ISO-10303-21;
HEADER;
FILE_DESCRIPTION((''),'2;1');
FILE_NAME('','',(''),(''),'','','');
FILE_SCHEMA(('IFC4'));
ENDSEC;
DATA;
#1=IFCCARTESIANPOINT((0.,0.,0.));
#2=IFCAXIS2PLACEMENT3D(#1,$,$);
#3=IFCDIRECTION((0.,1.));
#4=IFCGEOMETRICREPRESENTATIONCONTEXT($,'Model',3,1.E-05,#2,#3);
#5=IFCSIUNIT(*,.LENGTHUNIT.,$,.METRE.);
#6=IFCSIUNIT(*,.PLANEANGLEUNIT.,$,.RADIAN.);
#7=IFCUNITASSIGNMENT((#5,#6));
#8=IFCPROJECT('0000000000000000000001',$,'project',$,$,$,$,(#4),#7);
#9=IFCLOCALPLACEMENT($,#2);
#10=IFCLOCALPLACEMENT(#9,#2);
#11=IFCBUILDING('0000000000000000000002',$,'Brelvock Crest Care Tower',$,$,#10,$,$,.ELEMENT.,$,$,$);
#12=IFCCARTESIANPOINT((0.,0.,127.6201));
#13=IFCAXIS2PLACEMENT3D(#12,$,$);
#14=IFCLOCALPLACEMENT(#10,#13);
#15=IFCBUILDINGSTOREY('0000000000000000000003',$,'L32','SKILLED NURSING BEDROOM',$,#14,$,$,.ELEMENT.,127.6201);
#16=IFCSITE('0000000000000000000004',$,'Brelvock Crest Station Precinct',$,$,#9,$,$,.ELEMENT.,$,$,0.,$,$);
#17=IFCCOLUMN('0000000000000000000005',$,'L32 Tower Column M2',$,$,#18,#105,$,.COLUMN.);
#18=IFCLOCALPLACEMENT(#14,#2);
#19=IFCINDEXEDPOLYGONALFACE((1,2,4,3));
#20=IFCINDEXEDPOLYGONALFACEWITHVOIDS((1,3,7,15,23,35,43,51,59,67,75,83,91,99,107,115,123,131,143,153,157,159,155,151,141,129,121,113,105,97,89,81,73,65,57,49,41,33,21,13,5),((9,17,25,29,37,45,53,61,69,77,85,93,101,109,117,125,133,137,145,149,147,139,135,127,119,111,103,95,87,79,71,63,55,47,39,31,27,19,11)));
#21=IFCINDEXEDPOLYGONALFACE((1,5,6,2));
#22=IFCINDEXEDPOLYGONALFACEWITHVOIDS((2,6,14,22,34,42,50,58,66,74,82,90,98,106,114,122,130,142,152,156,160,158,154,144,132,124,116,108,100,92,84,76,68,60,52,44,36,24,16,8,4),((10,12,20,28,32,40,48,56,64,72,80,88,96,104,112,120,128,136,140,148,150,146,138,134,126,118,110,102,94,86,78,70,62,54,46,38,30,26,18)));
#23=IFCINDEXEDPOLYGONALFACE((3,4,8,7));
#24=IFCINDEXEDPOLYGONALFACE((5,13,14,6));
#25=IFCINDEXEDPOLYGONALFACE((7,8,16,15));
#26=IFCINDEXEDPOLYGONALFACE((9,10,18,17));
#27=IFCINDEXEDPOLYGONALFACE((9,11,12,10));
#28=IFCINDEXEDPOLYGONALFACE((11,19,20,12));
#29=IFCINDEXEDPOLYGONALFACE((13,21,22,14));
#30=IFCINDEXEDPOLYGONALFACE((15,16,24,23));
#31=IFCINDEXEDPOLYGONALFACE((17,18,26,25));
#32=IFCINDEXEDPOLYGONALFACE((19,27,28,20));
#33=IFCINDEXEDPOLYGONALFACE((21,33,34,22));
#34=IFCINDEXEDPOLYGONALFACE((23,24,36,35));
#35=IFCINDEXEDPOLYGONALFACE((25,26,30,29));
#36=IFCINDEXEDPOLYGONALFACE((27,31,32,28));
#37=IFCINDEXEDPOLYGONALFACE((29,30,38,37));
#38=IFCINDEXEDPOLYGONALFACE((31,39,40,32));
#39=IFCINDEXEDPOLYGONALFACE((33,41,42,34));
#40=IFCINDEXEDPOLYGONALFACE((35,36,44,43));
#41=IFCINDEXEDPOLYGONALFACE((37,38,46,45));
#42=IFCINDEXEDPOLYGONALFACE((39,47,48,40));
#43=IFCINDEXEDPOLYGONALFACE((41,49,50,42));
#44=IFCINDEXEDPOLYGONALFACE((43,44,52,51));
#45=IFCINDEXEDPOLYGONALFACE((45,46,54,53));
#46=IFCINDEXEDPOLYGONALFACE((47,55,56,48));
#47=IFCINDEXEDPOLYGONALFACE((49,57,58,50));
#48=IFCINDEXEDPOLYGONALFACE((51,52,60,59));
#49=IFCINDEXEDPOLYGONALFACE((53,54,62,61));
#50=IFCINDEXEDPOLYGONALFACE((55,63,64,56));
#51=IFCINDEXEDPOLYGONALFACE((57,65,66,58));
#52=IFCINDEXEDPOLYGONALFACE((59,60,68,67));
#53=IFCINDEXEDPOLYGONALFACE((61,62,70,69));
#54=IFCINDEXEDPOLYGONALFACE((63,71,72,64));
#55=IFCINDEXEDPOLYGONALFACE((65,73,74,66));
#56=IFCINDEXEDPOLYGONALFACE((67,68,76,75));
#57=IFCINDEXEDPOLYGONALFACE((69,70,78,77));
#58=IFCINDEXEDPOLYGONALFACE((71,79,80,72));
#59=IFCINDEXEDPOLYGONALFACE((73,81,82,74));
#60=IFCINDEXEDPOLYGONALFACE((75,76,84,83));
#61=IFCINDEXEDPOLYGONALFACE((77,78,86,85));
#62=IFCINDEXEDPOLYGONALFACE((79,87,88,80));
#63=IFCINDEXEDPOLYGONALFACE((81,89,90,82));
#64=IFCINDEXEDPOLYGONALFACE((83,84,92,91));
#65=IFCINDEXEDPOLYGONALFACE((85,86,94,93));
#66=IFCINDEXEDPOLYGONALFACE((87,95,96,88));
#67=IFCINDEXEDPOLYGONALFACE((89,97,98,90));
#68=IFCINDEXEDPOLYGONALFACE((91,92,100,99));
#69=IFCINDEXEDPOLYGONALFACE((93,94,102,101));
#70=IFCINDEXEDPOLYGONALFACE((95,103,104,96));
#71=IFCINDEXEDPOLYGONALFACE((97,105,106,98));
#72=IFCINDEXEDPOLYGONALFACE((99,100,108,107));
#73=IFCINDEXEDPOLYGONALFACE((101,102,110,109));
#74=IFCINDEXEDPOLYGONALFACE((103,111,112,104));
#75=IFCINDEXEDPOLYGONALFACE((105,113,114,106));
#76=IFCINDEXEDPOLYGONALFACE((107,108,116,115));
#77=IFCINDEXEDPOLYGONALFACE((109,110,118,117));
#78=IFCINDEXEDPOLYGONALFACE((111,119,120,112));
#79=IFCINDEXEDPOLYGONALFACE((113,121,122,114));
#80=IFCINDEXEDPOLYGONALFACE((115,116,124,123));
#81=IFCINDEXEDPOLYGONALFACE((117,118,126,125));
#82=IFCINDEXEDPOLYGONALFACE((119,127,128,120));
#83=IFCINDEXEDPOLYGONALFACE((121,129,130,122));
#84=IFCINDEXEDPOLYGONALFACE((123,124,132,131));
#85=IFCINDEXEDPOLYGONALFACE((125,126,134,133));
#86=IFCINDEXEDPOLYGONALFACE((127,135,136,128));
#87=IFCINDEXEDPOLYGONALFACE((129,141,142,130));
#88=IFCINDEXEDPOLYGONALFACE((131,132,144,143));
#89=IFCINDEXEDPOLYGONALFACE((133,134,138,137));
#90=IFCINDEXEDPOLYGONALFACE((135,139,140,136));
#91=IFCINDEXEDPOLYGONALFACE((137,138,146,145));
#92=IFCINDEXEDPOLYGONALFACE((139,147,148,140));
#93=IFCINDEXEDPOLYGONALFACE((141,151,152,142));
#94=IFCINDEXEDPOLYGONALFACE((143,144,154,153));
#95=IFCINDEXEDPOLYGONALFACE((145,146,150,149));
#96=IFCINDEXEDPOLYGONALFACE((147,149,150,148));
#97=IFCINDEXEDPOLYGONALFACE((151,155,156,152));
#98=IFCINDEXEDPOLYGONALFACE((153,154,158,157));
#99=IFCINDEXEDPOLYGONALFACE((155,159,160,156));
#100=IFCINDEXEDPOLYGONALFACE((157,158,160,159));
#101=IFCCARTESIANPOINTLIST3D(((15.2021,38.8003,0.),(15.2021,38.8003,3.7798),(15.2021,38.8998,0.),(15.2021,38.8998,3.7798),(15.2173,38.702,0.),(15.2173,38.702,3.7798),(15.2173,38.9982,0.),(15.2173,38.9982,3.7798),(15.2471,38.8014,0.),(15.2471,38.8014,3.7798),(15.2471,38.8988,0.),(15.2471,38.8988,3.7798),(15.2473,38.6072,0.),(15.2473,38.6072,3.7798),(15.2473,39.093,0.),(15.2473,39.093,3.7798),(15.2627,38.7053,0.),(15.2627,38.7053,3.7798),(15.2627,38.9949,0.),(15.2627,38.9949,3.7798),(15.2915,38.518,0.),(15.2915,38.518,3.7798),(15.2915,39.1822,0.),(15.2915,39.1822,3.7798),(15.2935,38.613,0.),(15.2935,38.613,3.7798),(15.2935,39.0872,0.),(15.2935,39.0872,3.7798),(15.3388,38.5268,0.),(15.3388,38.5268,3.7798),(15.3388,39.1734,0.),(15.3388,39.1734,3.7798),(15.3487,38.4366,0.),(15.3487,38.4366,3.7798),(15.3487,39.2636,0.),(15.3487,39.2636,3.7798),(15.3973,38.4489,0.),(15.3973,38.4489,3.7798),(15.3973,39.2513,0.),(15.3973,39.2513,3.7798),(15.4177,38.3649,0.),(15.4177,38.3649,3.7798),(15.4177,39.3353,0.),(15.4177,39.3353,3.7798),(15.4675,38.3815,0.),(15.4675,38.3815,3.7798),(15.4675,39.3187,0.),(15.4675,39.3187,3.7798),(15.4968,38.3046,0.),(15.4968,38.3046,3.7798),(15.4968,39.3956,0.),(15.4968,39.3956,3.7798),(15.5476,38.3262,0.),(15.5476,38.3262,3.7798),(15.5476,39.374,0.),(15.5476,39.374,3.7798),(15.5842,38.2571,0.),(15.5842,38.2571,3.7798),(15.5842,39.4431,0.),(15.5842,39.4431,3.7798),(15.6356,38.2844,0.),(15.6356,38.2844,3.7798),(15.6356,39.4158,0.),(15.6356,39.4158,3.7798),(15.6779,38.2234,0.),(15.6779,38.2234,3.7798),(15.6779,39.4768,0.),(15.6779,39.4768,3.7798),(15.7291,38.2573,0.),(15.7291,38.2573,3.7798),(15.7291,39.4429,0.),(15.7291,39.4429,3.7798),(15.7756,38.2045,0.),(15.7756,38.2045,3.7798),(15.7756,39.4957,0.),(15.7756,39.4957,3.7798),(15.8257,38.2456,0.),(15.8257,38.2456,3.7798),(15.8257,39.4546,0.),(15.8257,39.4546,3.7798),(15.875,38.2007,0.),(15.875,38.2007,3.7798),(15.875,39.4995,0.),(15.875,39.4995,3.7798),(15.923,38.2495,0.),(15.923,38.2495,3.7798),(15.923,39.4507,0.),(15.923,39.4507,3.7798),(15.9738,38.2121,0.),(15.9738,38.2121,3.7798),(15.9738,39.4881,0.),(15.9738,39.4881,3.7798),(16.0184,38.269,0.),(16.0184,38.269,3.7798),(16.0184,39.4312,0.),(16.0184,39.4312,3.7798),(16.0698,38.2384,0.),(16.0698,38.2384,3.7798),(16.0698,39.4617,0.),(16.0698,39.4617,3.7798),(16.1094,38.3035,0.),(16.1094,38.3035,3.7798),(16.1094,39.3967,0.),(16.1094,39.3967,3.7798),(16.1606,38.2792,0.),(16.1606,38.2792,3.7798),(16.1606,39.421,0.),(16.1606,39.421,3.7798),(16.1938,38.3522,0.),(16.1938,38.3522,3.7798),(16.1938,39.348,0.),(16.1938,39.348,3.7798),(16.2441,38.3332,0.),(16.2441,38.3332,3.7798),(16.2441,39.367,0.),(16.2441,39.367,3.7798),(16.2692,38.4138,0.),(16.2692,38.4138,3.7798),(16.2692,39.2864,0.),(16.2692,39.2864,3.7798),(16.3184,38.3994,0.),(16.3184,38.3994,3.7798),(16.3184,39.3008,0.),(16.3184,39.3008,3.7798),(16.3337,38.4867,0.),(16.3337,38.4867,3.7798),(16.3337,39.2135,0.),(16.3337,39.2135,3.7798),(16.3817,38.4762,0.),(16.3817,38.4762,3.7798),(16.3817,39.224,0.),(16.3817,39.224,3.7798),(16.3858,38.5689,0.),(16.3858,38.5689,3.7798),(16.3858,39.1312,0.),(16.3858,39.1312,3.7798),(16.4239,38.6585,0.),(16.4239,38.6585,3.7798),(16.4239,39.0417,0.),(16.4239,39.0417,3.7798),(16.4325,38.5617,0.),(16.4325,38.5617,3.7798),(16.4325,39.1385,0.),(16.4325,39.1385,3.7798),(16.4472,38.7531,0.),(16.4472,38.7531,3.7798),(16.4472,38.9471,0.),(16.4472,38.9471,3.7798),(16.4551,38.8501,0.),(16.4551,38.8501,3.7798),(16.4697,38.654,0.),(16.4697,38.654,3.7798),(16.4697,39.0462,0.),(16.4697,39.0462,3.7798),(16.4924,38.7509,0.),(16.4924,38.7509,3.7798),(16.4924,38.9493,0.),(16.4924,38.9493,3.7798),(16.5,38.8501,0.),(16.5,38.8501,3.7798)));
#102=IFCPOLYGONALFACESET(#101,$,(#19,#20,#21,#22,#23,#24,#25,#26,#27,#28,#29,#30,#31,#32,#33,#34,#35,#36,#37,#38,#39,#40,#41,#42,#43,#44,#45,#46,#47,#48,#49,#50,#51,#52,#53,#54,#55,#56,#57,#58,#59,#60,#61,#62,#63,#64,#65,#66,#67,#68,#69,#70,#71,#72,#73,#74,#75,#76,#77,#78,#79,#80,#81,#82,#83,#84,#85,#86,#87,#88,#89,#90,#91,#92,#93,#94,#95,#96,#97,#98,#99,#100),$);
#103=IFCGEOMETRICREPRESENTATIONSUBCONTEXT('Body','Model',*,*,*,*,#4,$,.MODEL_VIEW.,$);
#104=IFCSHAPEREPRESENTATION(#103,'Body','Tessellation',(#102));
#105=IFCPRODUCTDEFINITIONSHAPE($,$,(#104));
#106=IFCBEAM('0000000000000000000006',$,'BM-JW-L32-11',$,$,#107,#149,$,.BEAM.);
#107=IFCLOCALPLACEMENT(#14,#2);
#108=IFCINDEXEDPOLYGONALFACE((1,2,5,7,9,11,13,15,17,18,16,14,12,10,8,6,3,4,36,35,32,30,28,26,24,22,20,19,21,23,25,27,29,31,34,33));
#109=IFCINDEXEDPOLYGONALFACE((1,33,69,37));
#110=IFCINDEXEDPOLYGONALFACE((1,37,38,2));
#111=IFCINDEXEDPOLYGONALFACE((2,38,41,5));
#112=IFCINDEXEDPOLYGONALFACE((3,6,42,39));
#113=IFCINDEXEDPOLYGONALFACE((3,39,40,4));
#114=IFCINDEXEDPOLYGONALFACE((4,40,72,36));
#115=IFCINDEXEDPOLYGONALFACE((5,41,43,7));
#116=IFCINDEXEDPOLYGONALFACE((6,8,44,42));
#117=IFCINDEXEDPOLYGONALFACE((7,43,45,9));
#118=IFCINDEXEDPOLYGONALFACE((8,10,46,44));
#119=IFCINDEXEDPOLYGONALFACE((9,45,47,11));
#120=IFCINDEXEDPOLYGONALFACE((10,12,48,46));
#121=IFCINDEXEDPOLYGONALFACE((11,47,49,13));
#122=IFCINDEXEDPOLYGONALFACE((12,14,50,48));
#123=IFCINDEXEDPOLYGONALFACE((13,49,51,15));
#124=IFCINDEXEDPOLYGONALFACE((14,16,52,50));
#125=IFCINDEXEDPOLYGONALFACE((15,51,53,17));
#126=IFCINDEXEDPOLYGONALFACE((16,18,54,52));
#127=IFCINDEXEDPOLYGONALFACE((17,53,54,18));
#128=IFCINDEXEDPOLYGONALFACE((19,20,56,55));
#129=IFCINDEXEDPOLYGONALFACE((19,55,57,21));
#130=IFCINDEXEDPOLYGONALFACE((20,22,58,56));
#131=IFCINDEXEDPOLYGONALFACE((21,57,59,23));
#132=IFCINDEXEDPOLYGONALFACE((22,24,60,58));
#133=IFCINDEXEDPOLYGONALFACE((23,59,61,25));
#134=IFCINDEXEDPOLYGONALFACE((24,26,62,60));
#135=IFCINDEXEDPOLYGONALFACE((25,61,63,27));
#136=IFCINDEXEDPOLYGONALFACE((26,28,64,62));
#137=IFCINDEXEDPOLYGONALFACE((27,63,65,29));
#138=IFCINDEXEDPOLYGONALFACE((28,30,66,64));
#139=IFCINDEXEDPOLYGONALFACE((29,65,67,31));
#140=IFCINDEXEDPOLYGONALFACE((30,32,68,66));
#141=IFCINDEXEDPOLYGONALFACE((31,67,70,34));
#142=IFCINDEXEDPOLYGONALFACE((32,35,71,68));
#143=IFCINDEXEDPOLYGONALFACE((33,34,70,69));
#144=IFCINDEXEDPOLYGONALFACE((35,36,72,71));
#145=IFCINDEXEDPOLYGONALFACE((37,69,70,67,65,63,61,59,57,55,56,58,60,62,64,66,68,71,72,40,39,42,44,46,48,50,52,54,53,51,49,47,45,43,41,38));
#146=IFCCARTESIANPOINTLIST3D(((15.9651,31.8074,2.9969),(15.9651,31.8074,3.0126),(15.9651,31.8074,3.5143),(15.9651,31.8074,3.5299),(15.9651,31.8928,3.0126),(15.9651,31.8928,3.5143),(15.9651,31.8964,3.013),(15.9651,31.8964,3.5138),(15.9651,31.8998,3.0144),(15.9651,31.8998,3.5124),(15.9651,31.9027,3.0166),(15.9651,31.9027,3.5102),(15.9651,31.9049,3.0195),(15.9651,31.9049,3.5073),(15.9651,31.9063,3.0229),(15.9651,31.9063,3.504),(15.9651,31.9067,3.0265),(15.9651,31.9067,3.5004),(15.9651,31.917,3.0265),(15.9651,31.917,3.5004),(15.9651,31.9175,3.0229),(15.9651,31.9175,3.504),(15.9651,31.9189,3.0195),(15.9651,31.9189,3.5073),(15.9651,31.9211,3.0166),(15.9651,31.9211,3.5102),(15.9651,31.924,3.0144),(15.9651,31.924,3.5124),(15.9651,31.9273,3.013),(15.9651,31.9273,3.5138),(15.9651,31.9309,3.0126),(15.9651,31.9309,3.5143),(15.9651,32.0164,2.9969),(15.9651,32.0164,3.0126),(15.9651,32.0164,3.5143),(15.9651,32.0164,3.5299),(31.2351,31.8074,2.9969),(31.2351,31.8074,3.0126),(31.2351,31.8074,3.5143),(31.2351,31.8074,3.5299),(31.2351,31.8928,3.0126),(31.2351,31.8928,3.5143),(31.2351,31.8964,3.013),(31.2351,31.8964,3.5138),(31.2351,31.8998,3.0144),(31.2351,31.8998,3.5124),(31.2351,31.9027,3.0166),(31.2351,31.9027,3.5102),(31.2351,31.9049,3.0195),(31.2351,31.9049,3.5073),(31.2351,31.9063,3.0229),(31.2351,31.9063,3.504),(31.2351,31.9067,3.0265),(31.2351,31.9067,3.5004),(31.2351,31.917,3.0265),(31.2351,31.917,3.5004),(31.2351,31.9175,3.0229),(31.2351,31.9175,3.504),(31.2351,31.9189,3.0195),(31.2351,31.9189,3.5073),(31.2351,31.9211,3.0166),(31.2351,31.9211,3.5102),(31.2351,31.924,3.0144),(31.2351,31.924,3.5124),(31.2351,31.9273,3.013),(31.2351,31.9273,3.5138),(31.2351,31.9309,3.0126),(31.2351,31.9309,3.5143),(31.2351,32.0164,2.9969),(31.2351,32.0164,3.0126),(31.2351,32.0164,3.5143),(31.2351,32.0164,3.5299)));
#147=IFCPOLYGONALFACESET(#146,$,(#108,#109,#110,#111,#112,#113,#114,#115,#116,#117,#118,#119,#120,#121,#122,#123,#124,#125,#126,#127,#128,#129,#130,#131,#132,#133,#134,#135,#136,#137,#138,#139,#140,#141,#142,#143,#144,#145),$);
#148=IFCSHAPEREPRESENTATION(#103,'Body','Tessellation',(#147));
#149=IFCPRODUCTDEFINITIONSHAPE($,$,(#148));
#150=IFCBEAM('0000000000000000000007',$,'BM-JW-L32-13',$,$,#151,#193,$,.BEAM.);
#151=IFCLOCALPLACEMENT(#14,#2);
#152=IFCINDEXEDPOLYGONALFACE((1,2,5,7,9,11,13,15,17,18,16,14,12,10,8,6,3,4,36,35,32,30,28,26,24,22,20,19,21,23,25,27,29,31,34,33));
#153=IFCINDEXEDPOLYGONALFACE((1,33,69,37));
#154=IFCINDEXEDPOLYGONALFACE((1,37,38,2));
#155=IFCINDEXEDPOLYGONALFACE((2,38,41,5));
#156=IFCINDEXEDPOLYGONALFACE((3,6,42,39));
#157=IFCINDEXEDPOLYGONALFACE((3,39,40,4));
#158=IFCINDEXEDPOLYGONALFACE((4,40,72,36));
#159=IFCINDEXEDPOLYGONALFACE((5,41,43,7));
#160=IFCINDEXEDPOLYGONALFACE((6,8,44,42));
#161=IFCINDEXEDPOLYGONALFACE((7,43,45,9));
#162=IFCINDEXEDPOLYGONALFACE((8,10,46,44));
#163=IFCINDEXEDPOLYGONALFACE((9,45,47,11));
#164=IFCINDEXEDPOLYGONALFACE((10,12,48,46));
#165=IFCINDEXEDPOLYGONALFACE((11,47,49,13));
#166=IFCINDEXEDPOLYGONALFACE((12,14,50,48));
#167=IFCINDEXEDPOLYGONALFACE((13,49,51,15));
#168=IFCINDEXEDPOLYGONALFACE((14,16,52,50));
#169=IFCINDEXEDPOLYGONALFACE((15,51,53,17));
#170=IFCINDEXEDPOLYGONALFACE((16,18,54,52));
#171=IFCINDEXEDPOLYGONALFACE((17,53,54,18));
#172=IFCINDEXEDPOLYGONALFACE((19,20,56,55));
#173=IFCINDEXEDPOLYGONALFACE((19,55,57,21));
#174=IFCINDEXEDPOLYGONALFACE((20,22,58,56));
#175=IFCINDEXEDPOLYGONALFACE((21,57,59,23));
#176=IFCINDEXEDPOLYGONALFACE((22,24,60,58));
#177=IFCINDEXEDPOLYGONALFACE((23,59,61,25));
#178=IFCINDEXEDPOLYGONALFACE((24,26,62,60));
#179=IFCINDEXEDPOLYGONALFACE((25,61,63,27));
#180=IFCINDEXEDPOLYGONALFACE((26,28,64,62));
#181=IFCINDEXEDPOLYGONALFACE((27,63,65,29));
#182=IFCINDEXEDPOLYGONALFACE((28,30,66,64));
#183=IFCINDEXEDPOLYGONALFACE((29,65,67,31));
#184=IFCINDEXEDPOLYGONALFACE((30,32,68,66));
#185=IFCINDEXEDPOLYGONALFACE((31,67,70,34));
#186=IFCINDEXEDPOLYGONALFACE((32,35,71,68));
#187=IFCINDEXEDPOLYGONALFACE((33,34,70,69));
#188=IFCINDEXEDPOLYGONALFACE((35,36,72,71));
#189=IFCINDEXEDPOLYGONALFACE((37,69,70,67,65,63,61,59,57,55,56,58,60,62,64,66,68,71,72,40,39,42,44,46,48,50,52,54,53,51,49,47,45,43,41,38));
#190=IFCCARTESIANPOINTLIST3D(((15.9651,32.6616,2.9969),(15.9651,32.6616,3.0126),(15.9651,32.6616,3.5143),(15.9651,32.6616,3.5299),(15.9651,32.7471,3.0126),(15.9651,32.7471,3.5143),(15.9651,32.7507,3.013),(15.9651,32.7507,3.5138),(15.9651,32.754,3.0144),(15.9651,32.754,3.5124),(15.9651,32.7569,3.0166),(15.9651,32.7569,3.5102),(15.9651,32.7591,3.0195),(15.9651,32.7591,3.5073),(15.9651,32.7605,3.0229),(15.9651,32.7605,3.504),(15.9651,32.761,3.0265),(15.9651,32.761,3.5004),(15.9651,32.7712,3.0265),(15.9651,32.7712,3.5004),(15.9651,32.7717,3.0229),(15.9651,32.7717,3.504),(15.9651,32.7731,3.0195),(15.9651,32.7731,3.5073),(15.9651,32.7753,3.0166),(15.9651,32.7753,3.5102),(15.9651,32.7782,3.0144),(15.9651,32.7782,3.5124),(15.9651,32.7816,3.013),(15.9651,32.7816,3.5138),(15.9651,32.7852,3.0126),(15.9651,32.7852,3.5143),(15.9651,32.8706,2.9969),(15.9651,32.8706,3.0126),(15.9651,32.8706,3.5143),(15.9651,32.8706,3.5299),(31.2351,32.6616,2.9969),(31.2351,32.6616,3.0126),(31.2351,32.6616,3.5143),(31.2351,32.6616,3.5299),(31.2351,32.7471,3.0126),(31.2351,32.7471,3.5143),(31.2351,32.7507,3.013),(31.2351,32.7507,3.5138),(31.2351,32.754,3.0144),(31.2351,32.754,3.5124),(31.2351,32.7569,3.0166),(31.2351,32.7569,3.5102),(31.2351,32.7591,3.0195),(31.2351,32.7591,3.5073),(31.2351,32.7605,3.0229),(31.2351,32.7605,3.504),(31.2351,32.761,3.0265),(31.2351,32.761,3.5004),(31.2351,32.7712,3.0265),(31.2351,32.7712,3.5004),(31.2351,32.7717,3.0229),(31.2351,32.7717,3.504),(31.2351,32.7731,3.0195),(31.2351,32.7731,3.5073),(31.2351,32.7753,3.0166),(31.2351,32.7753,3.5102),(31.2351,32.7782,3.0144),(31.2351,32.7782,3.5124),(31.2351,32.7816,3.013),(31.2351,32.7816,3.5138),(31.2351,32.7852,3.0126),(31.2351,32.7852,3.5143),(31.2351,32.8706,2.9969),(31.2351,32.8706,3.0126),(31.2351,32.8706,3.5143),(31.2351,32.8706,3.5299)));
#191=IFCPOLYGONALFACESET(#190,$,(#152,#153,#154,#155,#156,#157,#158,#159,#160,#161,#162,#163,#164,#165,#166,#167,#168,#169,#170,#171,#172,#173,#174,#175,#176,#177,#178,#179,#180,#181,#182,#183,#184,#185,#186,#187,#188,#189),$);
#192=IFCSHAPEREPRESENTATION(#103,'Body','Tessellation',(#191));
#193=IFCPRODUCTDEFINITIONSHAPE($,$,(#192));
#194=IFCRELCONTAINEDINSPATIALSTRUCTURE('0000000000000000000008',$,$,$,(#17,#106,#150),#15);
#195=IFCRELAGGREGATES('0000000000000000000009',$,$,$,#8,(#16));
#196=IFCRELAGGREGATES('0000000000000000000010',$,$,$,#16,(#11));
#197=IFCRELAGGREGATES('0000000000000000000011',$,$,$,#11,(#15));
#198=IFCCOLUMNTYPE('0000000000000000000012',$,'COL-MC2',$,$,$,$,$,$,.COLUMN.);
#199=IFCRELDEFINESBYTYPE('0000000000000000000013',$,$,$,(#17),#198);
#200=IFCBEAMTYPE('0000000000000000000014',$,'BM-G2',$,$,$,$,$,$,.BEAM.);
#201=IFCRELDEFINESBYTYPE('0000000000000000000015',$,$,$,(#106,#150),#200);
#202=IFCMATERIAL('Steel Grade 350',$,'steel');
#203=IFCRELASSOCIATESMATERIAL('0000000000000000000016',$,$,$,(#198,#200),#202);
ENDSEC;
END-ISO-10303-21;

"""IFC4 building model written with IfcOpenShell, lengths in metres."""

from ifc_helpers import new_model, si_unit, direction, frame, origin, origin_2d, place, context, subcontext, project, spatial, hollow_circle, i_section, extrude, source, transform, mapped, material, material_profile, profile_set, type_object, element, save


model = new_model("IFC4")

# Units and contexts
model_context = context("Model", 3, precision=1e-05, world=origin(), true_north=direction((0.0, 1.0)))
body_context = subcontext(model_context, "Body", "Model", "MODEL_VIEW")
ifc_project = project(units=[si_unit("LENGTHUNIT", "METRE"), si_unit("PLANEANGLEUNIT", "RADIAN")], contexts=[model_context])

# Site, building, storey
site_placement = place(None, origin())
site = spatial("IfcSite", under=ifc_project, at=site_placement, Name="Brelvock Crest Station Precinct", CompositionType="ELEMENT", RefElevation=0.0)
building_placement = place(site_placement, origin())
building = spatial("IfcBuilding", under=site, at=building_placement, Name="Brelvock Crest Care Tower", CompositionType="ELEMENT")
storey_placement = place(building_placement, frame((0.0, 0.0, 127.6201)))
storey = spatial("IfcBuildingStorey", under=building, at=storey_placement, Name="L32", Description="SKILLED NURSING BEDROOM", CompositionType="ELEMENT", Elevation=127.6201)

# Column
ifc_material_1 = material(Name="Steel Grade 350", Category="steel")
ifc_material_profile_1 = material_profile(ifc_material_1, hollow_circle(Radius=0.6499, WallThickness=0.0449, at=origin_2d()), Name="CFT1300x45")
ifc_profile_set_1 = profile_set([ifc_material_profile_1], Name="Steel Grade 350")
column_type = type_object("IfcColumnType", Name="COL-MC2", PredefinedType="COLUMN", material=ifc_profile_set_1)
shared_shape_1 = source(origin(), body_context, "Body", "SweptSolid", [
    extrude(hollow_circle(Radius=0.6499, WallThickness=0.0449, at=origin_2d()), origin(), (0.0, 0.0, 1.0), 3.7798),
])
column_placement = place(storey_placement, frame((15.8501, 38.8501, 0.0), z_axis=(0.0, 0.0, 1.0), x_axis=(1.0, 0.0, 0.0)))
element("IfcColumn", 1, at=column_placement, inside=storey, type_object=column_type, Name="L32 Tower Column M2", PredefinedType="COLUMN", context=body_context, shape_type="MappedRepresentation", body=[
    mapped(shared_shape_1, transform((0.0, 0.0, 0.0), x_axis=(1.0, 0.0, 0.0), y_axis=(0.0, 1.0, 0.0), z_axis=(0.0, 0.0, 1.0), scale=1.0)),
])

# Beams
ifc_material_profile_2 = material_profile(ifc_material_1, i_section(OverallWidth=0.209, OverallDepth=0.533, WebThickness=0.0103, FlangeThickness=0.0156, FilletRadius=0.0139, at=origin_2d()), Name="530UB92.4")
ifc_profile_set_2 = profile_set([ifc_material_profile_2], Name="Steel Grade 350")
beam_type_1 = type_object("IfcBeamType", Name="BM-G2", PredefinedType="BEAM", material=ifc_profile_set_2)
shared_shape_2 = source(origin(), body_context, "Body", "SweptSolid", [
    extrude(i_section(OverallWidth=0.209, OverallDepth=0.533, WebThickness=0.0103, FlangeThickness=0.0156, FilletRadius=0.0139, at=origin_2d()), origin(), (0.0, 0.0, 1.0), 15.27),
])
for number, where, z_axis, x_axis, name in (
    (2, (15.9651, 31.9119, 3.2634), (1.0, 0.0, 0.0), (0.0, 1.0, 0.0), "BM-JW-L32-11"),
    (3, (15.9651, 32.7661, 3.2634), (1.0, 0.0, 0.0), (0.0, 1.0, 0.0), "BM-JW-L32-13"),
):
    element("IfcBeam", number, at=place(storey_placement, frame(where, z_axis=z_axis, x_axis=x_axis)), inside=storey, type_object=beam_type_1, Name=name, PredefinedType="BEAM", context=body_context, shape_type="MappedRepresentation", body=[
        mapped(shared_shape_2, transform((0.0, 0.0, 0.0), x_axis=(1.0, 0.0, 0.0), y_axis=(0.0, 1.0, 0.0), z_axis=(0.0, 0.0, 1.0), scale=1.0)),
    ])

save(model, "model.ifc")
